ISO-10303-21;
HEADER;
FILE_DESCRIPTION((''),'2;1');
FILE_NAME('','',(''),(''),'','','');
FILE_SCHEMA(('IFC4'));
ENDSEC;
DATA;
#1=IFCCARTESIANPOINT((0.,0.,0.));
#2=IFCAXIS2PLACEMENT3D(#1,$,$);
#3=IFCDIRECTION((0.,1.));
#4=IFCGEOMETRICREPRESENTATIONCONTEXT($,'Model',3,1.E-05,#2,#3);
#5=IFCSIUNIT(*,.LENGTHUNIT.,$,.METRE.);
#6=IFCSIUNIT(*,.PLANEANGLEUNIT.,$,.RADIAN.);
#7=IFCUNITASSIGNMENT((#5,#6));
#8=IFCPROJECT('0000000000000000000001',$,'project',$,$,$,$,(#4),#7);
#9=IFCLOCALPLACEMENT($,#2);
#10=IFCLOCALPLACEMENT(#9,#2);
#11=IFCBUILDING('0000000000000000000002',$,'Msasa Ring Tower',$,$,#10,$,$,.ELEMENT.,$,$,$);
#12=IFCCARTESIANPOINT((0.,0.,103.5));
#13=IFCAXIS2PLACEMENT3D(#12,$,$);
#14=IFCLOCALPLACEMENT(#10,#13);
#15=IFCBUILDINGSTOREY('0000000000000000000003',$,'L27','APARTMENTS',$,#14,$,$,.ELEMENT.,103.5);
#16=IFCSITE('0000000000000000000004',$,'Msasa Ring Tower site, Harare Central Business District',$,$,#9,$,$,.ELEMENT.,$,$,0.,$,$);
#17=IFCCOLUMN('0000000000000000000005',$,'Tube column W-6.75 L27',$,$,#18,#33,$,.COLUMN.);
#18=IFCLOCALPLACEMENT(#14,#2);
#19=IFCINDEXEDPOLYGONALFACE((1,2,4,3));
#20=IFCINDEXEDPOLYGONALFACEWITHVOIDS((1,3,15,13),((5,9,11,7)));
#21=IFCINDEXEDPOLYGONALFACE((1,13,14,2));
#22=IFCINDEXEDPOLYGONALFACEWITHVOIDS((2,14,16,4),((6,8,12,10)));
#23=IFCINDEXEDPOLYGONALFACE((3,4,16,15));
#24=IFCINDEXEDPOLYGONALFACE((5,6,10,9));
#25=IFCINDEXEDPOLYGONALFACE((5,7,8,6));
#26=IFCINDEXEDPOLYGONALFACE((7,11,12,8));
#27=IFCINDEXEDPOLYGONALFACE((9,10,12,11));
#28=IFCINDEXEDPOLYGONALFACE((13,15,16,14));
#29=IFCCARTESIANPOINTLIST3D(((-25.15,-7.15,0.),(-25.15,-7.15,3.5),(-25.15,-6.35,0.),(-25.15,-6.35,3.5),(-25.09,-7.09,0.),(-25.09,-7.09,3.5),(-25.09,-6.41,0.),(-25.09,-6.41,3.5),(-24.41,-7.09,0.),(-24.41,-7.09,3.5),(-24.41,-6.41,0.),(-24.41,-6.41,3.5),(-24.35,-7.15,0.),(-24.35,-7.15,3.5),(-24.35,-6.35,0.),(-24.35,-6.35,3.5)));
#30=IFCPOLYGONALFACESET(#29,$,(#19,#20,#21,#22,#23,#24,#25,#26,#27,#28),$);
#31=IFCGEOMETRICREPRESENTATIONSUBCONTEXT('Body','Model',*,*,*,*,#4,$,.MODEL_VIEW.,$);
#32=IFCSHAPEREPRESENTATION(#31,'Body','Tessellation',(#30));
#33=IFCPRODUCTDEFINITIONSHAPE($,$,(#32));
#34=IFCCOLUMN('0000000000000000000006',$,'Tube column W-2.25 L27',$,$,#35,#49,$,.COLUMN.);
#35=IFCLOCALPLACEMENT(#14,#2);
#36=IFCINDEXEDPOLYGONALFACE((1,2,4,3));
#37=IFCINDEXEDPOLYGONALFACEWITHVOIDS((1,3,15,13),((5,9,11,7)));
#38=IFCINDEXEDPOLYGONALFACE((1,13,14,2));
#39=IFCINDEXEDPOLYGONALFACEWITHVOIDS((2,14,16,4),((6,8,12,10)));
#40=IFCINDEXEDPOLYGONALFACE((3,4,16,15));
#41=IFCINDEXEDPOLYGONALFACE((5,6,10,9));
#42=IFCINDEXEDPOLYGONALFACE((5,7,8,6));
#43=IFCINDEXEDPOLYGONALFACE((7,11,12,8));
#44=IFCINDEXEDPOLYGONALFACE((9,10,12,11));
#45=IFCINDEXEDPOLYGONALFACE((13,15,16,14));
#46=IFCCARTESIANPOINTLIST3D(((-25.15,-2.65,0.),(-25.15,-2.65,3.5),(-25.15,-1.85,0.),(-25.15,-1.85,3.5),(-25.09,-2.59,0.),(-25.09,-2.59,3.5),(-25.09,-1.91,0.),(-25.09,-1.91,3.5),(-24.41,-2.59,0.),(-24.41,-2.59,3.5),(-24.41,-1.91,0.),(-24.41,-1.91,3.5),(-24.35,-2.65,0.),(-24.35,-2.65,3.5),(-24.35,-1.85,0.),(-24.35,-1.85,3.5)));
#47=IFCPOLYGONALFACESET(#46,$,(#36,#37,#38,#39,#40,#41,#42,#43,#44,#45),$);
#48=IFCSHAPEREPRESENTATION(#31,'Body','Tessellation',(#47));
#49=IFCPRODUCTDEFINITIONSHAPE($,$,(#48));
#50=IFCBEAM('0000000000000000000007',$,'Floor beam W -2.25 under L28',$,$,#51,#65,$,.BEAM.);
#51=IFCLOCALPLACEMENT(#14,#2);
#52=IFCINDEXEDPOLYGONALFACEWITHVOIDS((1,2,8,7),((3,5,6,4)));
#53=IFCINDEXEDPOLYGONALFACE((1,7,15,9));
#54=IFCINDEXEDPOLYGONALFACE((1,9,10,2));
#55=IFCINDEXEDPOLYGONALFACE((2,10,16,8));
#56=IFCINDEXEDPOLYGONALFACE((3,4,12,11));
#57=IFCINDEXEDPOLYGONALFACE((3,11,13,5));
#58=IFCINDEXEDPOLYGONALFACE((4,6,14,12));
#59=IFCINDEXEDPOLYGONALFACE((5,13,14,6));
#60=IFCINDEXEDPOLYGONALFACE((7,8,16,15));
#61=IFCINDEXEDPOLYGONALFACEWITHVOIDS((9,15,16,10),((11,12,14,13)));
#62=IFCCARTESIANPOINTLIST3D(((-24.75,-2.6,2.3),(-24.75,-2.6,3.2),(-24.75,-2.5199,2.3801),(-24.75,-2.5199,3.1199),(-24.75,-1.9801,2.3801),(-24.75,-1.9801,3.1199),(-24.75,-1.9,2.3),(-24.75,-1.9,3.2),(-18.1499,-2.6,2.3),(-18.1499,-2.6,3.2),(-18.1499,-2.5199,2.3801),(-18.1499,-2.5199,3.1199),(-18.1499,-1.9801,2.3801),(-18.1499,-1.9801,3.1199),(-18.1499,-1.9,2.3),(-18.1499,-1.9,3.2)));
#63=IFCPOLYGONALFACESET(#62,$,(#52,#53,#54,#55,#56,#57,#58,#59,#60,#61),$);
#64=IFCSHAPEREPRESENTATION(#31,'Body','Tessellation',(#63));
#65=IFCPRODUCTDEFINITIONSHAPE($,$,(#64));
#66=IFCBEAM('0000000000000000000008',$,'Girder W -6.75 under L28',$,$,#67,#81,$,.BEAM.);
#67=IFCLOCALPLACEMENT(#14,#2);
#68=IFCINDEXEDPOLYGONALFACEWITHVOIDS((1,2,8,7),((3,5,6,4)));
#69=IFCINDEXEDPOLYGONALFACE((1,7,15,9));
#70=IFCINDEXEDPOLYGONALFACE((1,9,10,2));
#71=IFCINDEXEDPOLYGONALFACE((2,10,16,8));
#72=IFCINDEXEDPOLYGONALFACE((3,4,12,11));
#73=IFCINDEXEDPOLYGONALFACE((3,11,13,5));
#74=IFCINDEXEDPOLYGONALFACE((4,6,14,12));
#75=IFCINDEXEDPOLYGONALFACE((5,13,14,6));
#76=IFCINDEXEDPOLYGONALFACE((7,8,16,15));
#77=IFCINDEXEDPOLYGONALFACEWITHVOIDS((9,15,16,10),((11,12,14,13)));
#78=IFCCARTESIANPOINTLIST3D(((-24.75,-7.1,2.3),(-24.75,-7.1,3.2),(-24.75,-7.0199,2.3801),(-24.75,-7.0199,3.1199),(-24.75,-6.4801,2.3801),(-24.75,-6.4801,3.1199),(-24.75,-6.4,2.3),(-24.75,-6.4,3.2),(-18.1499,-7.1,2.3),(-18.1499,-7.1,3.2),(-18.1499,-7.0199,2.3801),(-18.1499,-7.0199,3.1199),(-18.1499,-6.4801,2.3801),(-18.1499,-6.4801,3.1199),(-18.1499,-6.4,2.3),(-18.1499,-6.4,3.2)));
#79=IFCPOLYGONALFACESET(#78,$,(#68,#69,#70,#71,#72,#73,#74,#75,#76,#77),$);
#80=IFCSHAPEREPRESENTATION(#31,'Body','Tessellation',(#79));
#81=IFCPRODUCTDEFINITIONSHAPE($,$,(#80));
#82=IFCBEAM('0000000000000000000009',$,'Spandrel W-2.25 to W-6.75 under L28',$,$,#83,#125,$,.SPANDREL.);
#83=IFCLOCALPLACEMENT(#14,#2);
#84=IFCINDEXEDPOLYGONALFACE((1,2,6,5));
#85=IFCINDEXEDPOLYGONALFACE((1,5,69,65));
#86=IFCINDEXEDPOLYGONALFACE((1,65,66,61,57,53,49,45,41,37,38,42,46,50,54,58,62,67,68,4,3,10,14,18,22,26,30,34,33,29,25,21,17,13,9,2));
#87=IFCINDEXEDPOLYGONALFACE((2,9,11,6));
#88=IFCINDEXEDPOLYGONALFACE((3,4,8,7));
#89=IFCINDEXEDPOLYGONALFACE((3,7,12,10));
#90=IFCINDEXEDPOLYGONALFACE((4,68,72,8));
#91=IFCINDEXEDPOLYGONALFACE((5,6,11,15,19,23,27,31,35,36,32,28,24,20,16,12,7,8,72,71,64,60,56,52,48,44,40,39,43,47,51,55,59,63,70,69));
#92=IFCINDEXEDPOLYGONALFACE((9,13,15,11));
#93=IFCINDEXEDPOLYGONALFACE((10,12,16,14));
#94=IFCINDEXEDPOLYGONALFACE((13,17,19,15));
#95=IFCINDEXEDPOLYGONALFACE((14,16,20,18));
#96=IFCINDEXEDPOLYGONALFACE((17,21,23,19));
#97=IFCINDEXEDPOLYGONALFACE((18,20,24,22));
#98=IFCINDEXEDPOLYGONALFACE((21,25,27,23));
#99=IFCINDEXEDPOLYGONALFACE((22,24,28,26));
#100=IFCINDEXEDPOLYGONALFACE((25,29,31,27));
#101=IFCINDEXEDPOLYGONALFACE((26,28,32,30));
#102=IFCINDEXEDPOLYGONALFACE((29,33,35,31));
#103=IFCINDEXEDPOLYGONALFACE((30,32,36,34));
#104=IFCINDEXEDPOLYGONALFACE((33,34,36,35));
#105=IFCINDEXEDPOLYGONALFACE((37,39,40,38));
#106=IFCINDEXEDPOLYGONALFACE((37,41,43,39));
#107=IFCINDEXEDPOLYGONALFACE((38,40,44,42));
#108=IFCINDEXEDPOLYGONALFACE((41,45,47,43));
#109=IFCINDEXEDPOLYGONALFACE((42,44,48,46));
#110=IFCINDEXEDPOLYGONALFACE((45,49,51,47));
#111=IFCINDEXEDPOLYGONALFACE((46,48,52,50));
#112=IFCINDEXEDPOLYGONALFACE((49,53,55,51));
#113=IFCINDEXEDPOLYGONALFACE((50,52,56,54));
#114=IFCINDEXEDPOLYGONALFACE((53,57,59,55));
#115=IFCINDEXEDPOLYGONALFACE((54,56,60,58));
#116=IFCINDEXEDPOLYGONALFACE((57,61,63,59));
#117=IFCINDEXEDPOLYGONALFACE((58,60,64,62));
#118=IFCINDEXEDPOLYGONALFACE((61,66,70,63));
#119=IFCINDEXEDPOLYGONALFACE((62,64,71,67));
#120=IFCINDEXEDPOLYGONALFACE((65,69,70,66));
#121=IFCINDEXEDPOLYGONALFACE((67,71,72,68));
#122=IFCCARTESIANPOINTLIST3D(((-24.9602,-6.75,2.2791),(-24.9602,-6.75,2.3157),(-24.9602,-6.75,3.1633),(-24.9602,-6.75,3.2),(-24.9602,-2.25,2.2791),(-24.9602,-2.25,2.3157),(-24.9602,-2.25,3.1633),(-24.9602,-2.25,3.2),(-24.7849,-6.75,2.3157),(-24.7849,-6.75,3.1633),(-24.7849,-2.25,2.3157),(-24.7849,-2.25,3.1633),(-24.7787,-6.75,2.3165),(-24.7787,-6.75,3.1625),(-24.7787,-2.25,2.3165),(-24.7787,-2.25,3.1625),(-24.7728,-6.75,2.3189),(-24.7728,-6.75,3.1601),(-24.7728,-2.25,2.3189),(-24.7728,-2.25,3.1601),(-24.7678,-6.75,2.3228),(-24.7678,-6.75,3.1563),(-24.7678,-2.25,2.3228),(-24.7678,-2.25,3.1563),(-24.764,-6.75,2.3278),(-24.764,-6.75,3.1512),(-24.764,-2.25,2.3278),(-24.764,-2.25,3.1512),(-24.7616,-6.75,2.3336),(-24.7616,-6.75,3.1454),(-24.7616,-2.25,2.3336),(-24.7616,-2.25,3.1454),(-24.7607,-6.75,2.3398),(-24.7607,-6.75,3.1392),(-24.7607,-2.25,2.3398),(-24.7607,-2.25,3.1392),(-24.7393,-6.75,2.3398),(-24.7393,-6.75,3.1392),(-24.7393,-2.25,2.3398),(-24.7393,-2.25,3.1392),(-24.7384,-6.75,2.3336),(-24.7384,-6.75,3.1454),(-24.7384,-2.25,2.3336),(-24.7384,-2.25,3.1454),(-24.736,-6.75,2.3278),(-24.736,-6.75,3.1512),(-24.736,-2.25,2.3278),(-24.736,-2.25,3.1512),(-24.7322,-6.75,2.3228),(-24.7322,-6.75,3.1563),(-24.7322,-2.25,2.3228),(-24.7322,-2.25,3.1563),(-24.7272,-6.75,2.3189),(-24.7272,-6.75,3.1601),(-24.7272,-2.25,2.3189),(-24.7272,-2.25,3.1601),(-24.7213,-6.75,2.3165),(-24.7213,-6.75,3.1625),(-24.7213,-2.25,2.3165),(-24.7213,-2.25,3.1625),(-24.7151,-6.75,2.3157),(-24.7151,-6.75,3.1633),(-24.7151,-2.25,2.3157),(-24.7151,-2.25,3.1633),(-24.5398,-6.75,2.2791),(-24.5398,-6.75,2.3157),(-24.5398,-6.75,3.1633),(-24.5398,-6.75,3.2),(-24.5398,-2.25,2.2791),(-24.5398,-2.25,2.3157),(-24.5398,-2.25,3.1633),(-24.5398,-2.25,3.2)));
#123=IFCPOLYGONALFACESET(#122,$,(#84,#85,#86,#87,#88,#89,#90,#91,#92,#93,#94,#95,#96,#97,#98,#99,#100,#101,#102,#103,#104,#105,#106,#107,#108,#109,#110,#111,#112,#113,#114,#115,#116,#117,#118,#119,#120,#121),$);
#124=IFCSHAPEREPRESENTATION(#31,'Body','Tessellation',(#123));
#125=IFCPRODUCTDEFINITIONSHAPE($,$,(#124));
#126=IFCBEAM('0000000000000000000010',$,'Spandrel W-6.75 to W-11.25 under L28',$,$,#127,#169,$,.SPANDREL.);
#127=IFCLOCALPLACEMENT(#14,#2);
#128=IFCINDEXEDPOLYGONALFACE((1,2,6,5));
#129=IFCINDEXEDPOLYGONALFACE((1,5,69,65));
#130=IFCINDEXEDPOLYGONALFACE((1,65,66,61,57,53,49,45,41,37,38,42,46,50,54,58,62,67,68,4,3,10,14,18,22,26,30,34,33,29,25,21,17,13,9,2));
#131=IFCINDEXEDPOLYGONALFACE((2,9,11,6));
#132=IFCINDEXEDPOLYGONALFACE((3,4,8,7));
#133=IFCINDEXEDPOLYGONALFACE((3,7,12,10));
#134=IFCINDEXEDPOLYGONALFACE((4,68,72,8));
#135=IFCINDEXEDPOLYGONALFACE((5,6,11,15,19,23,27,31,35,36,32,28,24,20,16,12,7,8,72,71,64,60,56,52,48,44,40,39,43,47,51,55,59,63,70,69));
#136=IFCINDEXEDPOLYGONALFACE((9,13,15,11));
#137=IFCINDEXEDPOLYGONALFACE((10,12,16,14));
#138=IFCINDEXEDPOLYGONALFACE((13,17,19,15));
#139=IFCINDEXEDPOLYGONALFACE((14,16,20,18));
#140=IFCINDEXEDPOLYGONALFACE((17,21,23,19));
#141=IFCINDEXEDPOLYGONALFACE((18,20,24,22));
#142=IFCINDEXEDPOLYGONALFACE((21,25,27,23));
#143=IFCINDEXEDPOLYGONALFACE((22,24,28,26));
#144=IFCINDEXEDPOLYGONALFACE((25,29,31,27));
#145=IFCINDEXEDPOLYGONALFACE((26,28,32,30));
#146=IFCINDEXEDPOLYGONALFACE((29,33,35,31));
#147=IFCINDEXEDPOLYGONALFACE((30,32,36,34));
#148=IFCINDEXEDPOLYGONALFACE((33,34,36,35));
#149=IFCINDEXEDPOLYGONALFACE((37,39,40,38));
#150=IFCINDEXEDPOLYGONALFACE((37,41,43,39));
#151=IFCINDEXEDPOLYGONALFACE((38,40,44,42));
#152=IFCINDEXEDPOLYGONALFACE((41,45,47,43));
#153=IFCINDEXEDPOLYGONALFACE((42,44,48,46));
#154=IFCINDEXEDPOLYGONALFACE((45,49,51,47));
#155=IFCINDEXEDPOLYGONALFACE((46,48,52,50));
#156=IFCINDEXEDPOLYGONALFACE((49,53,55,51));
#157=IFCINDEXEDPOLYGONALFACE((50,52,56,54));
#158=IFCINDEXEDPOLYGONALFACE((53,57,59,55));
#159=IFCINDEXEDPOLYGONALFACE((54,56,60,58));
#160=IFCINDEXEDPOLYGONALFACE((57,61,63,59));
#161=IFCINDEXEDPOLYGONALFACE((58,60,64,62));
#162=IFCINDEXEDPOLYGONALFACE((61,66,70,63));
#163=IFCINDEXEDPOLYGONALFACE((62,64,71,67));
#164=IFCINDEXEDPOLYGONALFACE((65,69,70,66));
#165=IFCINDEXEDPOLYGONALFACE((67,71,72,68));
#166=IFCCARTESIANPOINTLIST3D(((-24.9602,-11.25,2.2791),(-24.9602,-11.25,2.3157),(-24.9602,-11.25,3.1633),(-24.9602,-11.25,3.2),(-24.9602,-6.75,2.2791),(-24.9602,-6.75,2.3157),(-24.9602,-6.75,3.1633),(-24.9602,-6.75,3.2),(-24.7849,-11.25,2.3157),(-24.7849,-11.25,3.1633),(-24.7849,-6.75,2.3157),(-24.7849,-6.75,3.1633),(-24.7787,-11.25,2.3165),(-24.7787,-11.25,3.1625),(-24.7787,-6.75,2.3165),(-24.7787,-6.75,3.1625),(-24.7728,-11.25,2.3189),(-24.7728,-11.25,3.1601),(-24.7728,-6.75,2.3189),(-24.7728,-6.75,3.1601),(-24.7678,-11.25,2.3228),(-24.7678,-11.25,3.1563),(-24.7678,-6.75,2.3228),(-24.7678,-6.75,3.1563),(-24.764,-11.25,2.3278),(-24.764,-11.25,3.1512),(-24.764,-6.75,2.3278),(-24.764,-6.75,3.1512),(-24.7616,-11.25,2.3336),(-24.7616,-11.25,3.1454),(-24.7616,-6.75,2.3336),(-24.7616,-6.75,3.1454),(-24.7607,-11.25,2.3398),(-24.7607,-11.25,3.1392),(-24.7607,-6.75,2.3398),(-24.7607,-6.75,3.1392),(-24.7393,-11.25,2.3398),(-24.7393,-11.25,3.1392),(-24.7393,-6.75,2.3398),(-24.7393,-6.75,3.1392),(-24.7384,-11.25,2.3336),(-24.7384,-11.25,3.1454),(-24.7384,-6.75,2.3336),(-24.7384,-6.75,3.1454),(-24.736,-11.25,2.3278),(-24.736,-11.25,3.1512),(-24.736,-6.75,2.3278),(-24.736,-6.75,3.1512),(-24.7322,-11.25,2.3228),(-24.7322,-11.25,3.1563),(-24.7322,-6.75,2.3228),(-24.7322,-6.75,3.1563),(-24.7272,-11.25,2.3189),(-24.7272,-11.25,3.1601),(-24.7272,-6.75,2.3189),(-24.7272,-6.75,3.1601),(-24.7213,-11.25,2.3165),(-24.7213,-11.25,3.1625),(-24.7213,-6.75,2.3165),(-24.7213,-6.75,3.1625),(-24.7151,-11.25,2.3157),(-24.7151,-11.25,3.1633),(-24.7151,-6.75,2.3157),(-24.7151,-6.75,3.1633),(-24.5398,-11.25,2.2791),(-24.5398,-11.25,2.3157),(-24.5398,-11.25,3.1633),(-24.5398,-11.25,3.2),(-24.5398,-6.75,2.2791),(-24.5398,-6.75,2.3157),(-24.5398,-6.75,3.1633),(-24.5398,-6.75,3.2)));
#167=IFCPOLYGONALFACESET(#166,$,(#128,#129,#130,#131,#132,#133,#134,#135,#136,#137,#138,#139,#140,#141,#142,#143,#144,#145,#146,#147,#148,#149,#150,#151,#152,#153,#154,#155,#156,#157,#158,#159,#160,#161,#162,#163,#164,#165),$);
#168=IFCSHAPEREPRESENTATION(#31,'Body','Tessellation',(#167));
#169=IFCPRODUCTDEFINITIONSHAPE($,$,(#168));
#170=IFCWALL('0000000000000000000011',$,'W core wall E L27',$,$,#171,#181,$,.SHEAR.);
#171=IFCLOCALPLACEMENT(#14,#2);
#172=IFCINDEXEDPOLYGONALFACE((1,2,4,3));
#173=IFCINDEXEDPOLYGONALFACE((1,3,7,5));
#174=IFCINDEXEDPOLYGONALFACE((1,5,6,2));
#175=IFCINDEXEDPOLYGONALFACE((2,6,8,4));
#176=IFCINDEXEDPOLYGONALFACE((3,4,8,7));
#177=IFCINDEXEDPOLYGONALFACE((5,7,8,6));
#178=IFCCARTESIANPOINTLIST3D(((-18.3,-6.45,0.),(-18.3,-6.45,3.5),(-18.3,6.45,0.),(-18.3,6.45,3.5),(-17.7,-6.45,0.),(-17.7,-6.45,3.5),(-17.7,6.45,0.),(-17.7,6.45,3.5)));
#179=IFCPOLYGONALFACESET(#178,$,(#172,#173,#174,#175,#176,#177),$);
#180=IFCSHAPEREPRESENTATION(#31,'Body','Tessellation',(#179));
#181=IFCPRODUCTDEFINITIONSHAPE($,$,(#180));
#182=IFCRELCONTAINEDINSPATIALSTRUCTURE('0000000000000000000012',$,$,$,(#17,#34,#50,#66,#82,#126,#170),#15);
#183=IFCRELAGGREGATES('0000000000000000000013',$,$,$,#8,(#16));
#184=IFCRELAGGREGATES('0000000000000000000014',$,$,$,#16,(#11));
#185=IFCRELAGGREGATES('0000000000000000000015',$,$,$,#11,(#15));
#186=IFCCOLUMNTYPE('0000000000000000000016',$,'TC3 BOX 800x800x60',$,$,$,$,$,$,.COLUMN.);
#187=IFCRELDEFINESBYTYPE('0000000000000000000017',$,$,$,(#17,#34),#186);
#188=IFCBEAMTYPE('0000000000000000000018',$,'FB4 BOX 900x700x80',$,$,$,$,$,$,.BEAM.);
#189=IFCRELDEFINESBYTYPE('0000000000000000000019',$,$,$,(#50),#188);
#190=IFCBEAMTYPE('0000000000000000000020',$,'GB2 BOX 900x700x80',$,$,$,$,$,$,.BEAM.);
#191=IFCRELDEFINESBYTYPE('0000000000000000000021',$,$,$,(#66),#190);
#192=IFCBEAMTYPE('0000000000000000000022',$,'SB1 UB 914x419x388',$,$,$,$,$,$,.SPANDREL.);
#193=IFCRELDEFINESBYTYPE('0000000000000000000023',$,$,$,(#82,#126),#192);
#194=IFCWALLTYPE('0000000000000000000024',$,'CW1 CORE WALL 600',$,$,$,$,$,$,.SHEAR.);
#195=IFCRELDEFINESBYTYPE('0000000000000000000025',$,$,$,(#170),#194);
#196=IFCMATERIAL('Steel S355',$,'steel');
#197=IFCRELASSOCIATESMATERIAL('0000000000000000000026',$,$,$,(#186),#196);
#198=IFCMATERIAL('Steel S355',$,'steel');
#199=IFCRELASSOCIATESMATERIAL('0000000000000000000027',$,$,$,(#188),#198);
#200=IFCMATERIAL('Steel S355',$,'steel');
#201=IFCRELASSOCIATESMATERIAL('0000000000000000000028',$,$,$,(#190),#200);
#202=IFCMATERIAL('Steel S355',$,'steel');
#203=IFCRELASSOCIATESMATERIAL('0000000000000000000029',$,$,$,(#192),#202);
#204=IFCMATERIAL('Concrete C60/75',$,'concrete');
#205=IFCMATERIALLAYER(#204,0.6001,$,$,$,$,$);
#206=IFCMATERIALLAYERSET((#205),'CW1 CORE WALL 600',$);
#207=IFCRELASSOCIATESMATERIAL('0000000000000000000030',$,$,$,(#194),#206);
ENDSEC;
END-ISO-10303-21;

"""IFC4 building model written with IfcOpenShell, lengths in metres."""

from ifc_helpers import new_model, si_unit, direction, frame, frame_2d, origin, origin_2d, place, context, subcontext, project, spatial, rectangle, hollow_rectangle, i_section, extrude, material, layer, layer_set, material_profile, profile_set, type_object, element, save


model = new_model("IFC4")

# Units and contexts
model_context = context("Model", 3, precision=1e-05, world=origin(), true_north=direction((0.0, 1.0)))
body_context = subcontext(model_context, "Body", "Model", "MODEL_VIEW")
ifc_project = project(units=[si_unit("LENGTHUNIT", "METRE"), si_unit("PLANEANGLEUNIT", "RADIAN")], contexts=[model_context])

# Site, building, storey
site_placement = place(None, origin())
site = spatial("IfcSite", under=ifc_project, at=site_placement, Name="Msasa Ring Tower site, Harare Central Business District", CompositionType="ELEMENT", RefElevation=0.0)
building_placement = place(site_placement, origin())
building = spatial("IfcBuilding", under=site, at=building_placement, Name="Msasa Ring Tower", CompositionType="ELEMENT")
storey_placement = place(building_placement, frame((0.0, 0.0, 103.5)))
storey = spatial("IfcBuildingStorey", under=building, at=storey_placement, Name="L27", Description="APARTMENTS", CompositionType="ELEMENT", Elevation=103.5)

# Columns
ifc_material_1 = material(Name="Steel S355", Category="steel")
ifc_material_profile_1 = material_profile(ifc_material_1, hollow_rectangle(XDim=0.8, YDim=0.8, WallThickness=0.0601, at=origin_2d()), Name="BOX 800x800x60")
ifc_profile_set_1 = profile_set([ifc_material_profile_1], Name="Steel S355")
column_type = type_object("IfcColumnType", Name="TC3 BOX 800x800x60", PredefinedType="COLUMN", material=ifc_profile_set_1)
for number, where, z_axis, x_axis, name in (
    (1, (-24.75, -6.75, 0.0), (0.0, 0.0, 1.0), (1.0, 0.0, 0.0), "Tube column W-6.75 L27"),
    (2, (-24.75, -2.25, 0.0), (0.0, 0.0, 1.0), (1.0, 0.0, 0.0), "Tube column W-2.25 L27"),
):
    element("IfcColumn", number, at=place(storey_placement, frame(where, z_axis=z_axis, x_axis=x_axis)), inside=storey, type_object=column_type, Name=name, PredefinedType="COLUMN", context=body_context, shape_type="SweptSolid", body=[
        extrude(hollow_rectangle(XDim=0.8, YDim=0.8, WallThickness=0.0601, at=origin_2d()), origin(), (0.0, 0.0, 1.0), 3.5),
    ])

# Beams
ifc_material_2 = material(Name="Steel S355", Category="steel")
ifc_material_profile_2 = material_profile(ifc_material_2, hollow_rectangle(XDim=0.7, YDim=0.8999, WallThickness=0.0801, at=origin_2d()), Name="BOX 900x700x80")
ifc_profile_set_2 = profile_set([ifc_material_profile_2], Name="Steel S355")
beam_type_1 = type_object("IfcBeamType", Name="FB4 BOX 900x700x80", PredefinedType="BEAM", material=ifc_profile_set_2)
beam_1_placement = place(storey_placement, frame((-24.75, -2.25, 2.75), z_axis=(1.0, 0.0, 0.0), x_axis=(0.0, 1.0, 0.0)))
element("IfcBeam", 3, at=beam_1_placement, inside=storey, type_object=beam_type_1, Name="Floor beam W -2.25 under L28", PredefinedType="BEAM", context=body_context, shape_type="SweptSolid", body=[
    extrude(hollow_rectangle(XDim=0.7, YDim=0.8999, WallThickness=0.0801, at=origin_2d()), origin(), (0.0, 0.0, 1.0), 6.6001),
])
ifc_material_3 = material(Name="Steel S355", Category="steel")
ifc_material_profile_3 = material_profile(ifc_material_3, hollow_rectangle(XDim=0.7, YDim=0.8999, WallThickness=0.0801, at=origin_2d()), Name="BOX 900x700x80")
ifc_profile_set_3 = profile_set([ifc_material_profile_3], Name="Steel S355")
beam_type_2 = type_object("IfcBeamType", Name="GB2 BOX 900x700x80", PredefinedType="BEAM", material=ifc_profile_set_3)
beam_2_placement = place(storey_placement, frame((-18.1499, -6.75, 2.75), z_axis=(-1.0, 0.0, 0.0), x_axis=(0.0, -1.0, 0.0)))
element("IfcBeam", 4, at=beam_2_placement, inside=storey, type_object=beam_type_2, Name="Girder W -6.75 under L28", PredefinedType="BEAM", context=body_context, shape_type="SweptSolid", body=[
    extrude(hollow_rectangle(XDim=0.7, YDim=0.8999, WallThickness=0.0801, at=origin_2d()), origin(), (0.0, 0.0, 1.0), 6.6001),
])
ifc_material_4 = material(Name="Steel S355", Category="steel")
ifc_material_profile_4 = material_profile(ifc_material_4, i_section(OverallWidth=0.4204, OverallDepth=0.9209, WebThickness=0.0215, FlangeThickness=0.0366, FilletRadius=0.0242, at=origin_2d()), Name="UB 914x419x388")
ifc_profile_set_4 = profile_set([ifc_material_profile_4], Name="Steel S355")
beam_type_3 = type_object("IfcBeamType", Name="SB1 UB 914x419x388", PredefinedType="SPANDREL", material=ifc_profile_set_4)
for number, where, z_axis, x_axis, name in (
    (5, (-24.75, -2.25, 2.7395), (0.0, -1.0, 0.0), (1.0, 0.0, 0.0), "Spandrel W-2.25 to W-6.75 under L28"),
    (6, (-24.75, -6.75, 2.7395), (0.0, -1.0, 0.0), (1.0, 0.0, 0.0), "Spandrel W-6.75 to W-11.25 under L28"),
):
    element("IfcBeam", number, at=place(storey_placement, frame(where, z_axis=z_axis, x_axis=x_axis)), inside=storey, type_object=beam_type_3, Name=name, PredefinedType="SPANDREL", context=body_context, shape_type="SweptSolid", body=[
        extrude(i_section(OverallWidth=0.4204, OverallDepth=0.9209, WebThickness=0.0215, FlangeThickness=0.0366, FilletRadius=0.0242, at=origin_2d()), origin(), (0.0, 0.0, 1.0), 4.5),
    ])

# Wall
ifc_material_5 = material(Name="Concrete C60/75", Category="concrete")
ifc_layer_1 = layer(ifc_material_5, 0.6001)
ifc_layer_set_1 = layer_set([ifc_layer_1], Name="CW1 CORE WALL 600")
wall_type_1 = type_object("IfcWallType", Name="CW1 CORE WALL 600", PredefinedType="SHEAR", material=ifc_layer_set_1)
wall_1_placement = place(storey_placement, frame((-18.0, -6.45, 0.0), z_axis=(0.0, 0.0, 1.0), x_axis=(0.0, 1.0, 0.0)))
element("IfcWall", 7, at=wall_1_placement, inside=storey, type_object=wall_type_1, Name="W core wall E L27", PredefinedType="SHEAR", context=body_context, shape_type="SweptSolid", body=[
    extrude(rectangle(XDim=12.8999, YDim=0.6001, at=frame_2d((6.45, 0.0))), origin(), (0.0, 0.0, 1.0), 3.5),
])

save(model, "model.ifc")
